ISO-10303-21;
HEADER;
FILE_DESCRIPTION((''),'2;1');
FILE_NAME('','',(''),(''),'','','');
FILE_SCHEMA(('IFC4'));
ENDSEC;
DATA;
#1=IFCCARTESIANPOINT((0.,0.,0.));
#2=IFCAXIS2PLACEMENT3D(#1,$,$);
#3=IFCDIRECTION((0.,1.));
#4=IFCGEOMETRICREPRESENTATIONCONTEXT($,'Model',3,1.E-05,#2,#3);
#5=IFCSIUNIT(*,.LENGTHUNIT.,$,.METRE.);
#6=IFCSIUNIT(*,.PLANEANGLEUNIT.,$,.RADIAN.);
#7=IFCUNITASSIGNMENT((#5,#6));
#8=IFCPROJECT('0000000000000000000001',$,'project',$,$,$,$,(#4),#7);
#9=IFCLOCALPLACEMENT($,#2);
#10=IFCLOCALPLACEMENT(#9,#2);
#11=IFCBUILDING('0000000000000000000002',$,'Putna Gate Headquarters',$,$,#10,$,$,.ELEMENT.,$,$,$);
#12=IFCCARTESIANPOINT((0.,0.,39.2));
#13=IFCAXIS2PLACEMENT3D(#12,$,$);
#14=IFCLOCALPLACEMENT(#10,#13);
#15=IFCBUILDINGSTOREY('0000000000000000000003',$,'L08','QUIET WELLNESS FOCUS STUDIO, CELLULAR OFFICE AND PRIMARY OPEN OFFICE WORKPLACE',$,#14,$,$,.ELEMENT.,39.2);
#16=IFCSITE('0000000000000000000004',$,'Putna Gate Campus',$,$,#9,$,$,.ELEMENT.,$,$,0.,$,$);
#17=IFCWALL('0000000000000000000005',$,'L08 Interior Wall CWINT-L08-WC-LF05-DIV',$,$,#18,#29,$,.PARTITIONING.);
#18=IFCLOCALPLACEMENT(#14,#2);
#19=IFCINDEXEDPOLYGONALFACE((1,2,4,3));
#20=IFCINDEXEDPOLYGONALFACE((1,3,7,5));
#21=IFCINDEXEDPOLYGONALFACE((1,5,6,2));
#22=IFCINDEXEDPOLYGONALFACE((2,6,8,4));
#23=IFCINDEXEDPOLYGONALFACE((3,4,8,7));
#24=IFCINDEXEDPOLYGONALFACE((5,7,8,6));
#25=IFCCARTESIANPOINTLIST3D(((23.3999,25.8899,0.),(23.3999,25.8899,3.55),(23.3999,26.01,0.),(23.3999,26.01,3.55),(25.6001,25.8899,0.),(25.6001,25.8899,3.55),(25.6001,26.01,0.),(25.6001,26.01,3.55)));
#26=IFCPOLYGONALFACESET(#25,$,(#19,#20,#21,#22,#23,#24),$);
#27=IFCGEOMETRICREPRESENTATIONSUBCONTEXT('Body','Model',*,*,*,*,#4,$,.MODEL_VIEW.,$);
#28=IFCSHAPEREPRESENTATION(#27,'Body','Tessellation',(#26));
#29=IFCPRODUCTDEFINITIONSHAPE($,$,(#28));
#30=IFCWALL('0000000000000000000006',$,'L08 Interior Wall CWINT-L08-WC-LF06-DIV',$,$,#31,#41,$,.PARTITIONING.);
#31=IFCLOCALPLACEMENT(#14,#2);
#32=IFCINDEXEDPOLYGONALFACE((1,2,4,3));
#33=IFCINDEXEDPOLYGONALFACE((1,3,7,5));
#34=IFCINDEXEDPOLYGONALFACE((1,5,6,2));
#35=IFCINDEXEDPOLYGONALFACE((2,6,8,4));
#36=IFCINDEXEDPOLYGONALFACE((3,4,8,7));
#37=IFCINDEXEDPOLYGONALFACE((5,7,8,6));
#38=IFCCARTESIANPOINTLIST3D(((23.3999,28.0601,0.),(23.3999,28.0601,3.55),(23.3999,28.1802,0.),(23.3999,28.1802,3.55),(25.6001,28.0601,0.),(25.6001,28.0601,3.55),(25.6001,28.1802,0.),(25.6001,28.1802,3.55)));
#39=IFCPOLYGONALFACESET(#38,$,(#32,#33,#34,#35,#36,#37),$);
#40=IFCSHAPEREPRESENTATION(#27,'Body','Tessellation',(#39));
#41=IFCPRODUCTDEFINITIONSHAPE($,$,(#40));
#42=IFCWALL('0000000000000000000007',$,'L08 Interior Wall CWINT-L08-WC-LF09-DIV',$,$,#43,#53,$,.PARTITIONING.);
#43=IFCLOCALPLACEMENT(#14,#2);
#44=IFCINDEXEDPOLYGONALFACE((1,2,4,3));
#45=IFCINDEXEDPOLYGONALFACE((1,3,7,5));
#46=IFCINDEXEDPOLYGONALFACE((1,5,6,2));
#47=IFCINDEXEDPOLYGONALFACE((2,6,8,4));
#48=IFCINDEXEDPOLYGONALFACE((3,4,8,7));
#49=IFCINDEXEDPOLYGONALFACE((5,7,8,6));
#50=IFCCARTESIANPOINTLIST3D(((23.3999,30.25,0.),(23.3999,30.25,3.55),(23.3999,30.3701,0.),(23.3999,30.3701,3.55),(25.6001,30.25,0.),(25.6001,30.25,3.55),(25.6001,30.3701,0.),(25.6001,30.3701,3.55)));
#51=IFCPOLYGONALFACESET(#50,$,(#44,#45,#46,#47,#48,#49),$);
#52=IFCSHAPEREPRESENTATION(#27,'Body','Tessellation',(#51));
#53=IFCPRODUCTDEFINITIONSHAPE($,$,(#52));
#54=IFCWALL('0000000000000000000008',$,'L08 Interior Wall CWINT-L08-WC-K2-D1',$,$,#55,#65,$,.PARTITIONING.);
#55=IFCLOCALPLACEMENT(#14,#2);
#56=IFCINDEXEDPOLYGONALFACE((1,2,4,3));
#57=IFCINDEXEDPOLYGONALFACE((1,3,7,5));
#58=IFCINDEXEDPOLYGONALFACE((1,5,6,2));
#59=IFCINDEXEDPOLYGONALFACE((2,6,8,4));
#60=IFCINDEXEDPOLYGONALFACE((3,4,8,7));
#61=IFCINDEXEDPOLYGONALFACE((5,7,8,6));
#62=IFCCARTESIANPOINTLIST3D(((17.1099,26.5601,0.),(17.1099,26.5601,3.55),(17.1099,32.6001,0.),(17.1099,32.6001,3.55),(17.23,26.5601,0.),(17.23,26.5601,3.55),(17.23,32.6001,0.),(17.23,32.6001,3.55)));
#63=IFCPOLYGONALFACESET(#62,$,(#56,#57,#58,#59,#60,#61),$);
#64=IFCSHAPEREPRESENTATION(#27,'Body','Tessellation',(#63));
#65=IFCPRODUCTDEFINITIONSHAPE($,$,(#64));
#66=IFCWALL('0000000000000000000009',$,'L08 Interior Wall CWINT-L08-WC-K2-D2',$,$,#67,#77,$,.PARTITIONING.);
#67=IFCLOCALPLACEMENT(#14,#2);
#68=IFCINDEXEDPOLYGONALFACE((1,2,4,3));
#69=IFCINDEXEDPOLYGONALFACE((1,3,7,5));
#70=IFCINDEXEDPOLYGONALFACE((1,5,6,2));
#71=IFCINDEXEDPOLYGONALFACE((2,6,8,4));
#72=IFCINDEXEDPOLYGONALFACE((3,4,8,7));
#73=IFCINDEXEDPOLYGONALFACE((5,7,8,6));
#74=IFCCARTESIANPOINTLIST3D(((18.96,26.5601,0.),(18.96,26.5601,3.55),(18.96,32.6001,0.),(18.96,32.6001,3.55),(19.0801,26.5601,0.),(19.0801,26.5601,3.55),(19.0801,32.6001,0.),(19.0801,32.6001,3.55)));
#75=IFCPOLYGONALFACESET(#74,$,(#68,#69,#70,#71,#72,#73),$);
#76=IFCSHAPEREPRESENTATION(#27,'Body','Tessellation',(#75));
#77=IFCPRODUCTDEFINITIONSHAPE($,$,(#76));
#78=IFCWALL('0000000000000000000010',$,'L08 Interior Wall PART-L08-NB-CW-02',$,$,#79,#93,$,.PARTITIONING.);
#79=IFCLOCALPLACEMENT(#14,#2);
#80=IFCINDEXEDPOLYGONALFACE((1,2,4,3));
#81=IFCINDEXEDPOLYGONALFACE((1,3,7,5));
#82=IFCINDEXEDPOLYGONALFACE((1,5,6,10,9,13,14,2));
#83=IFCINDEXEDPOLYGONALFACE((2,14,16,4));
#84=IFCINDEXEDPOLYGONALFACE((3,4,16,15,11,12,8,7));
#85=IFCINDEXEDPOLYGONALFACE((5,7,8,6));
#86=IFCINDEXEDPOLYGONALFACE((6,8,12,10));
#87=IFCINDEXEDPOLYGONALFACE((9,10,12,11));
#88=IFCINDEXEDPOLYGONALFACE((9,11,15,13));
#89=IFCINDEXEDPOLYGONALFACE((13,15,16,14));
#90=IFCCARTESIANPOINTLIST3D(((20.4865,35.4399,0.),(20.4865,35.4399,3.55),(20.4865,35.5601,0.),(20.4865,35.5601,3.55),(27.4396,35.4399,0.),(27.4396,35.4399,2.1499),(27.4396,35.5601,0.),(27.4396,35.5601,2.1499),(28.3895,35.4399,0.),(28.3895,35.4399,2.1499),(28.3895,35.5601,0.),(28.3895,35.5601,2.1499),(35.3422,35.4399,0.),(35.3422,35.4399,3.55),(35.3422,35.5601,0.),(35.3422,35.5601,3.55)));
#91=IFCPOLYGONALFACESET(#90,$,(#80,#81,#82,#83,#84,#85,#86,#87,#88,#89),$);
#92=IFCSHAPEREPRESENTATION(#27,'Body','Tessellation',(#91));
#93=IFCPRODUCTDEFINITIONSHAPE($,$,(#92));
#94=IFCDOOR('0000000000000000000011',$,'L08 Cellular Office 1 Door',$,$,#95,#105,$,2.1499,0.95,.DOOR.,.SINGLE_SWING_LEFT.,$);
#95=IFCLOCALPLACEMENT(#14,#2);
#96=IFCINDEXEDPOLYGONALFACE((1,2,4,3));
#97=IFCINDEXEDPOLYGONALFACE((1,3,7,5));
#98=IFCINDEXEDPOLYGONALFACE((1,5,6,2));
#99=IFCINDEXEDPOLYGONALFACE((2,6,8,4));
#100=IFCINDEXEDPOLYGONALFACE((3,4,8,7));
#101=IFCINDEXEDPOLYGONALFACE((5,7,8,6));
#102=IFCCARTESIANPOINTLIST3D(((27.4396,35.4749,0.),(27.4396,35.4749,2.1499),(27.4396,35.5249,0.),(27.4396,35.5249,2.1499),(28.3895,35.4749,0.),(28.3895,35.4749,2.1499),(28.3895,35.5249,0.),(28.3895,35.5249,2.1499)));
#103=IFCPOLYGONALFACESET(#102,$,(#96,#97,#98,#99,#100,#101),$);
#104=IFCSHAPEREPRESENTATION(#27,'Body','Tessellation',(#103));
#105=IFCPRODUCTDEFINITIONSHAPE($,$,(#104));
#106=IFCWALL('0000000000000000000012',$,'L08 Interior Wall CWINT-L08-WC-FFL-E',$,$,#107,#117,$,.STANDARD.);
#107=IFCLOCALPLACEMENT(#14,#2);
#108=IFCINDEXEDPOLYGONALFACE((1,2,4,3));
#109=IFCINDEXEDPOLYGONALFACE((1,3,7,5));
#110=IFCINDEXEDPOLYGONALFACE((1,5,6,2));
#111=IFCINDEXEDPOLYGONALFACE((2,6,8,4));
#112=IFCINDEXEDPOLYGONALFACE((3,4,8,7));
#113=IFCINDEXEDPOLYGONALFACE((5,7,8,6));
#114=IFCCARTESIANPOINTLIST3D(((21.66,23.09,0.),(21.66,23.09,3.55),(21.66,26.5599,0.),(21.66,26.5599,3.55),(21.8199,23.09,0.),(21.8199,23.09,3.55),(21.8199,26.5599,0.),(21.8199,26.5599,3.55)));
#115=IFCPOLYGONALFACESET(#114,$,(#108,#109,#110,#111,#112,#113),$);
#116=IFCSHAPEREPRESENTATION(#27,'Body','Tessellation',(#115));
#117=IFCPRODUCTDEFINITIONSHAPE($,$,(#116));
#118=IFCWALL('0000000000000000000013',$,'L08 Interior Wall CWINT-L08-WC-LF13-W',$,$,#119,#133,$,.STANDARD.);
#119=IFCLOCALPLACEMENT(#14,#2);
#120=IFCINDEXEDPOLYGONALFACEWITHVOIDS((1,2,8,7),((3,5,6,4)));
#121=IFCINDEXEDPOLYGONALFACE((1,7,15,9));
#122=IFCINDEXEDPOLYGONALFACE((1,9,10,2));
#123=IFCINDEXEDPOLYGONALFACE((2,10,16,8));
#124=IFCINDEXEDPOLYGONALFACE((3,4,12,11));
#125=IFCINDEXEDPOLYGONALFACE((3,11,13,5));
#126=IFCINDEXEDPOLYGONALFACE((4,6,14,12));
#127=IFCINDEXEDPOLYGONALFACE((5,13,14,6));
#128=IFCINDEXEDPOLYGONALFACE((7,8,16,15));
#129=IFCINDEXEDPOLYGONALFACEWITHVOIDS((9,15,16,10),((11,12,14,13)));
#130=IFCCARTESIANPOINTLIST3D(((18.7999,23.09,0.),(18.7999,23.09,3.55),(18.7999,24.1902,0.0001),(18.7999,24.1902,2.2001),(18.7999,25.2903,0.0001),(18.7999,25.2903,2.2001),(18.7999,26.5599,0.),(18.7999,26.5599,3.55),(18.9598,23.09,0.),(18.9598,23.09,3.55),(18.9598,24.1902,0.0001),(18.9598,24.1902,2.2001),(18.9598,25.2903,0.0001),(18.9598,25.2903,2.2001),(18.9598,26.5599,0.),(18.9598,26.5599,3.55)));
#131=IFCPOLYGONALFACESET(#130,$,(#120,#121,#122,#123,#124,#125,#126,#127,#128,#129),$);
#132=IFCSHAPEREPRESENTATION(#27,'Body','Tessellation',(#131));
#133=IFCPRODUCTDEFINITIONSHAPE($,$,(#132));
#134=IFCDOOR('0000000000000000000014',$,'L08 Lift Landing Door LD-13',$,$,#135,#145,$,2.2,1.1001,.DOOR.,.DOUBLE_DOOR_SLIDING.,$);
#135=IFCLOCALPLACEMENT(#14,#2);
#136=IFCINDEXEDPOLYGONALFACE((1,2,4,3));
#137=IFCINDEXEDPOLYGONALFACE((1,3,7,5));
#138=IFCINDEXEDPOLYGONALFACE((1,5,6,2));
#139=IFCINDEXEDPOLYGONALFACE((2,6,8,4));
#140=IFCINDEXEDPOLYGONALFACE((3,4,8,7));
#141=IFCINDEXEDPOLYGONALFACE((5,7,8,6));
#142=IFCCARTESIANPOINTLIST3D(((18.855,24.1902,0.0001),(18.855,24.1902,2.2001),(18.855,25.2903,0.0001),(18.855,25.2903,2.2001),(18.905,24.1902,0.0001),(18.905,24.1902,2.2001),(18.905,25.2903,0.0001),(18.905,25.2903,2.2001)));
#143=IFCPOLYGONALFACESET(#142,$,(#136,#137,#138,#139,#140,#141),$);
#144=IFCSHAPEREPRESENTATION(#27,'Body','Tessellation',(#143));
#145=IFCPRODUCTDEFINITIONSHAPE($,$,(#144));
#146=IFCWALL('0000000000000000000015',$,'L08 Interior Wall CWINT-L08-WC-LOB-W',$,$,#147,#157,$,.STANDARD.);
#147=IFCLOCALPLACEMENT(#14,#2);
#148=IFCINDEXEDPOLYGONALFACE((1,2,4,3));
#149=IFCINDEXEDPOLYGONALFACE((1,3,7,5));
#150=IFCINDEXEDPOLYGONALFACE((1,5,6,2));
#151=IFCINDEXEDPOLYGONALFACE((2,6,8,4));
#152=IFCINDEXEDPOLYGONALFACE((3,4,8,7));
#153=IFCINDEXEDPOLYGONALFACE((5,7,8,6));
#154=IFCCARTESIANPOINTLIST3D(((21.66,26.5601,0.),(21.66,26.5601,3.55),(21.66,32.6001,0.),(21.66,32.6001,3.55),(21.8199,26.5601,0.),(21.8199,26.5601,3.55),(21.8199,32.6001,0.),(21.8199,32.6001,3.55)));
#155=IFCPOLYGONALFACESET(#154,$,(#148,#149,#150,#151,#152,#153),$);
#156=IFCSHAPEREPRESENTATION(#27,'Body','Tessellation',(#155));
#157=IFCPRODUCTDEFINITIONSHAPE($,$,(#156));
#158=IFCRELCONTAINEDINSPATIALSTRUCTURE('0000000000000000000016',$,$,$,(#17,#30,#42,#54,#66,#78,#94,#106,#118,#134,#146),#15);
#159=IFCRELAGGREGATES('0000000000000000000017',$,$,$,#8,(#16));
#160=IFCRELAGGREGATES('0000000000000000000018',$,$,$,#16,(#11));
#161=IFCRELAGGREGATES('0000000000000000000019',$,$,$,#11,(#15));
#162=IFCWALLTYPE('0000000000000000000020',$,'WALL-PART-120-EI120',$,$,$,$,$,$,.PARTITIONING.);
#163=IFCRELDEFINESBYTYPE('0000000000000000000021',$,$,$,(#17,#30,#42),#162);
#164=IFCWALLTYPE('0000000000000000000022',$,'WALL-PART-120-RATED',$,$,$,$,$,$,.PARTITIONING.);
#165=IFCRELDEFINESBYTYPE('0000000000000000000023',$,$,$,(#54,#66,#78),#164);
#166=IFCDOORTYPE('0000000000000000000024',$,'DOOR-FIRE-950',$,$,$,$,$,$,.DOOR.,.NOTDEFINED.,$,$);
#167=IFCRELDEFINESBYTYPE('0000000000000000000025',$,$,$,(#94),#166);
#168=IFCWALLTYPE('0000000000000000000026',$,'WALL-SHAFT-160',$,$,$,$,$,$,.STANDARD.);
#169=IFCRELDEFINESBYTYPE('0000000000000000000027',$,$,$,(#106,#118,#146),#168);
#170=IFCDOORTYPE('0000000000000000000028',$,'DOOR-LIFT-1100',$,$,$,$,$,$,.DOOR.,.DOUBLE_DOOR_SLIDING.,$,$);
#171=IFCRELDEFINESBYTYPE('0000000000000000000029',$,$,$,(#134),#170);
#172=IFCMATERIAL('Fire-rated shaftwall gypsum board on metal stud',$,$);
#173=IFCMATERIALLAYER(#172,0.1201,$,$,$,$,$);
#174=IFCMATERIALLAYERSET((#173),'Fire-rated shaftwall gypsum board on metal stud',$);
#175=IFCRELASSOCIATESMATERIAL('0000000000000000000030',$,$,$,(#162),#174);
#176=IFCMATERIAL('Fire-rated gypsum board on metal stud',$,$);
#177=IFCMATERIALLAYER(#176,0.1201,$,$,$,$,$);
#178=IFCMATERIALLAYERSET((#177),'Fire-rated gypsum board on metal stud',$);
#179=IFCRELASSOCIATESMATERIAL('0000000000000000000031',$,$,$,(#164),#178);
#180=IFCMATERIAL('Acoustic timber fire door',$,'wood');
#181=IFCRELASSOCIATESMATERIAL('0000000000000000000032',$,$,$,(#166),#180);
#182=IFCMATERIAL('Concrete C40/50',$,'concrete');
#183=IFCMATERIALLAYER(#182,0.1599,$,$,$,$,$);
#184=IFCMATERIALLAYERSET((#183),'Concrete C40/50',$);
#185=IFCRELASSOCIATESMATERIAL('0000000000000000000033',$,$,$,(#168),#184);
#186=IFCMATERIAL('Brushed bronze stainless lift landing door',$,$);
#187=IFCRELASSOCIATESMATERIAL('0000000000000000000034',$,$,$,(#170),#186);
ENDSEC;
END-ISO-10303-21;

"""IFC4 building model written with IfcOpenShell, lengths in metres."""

from ifc_helpers import new_model, si_unit, direction, frame, frame_2d, origin, place, context, subcontext, project, spatial, rectangle, extrude, material, layer, layer_set, type_object, element, fill, save


model = new_model("IFC4")

# Units and contexts
model_context = context("Model", 3, precision=1e-05, world=origin(), true_north=direction((0.0, 1.0)))
body_context = subcontext(model_context, "Body", "Model", "MODEL_VIEW")
ifc_project = project(units=[si_unit("LENGTHUNIT", "METRE"), si_unit("PLANEANGLEUNIT", "RADIAN")], contexts=[model_context])

# Site, building, storey
site_placement = place(None, origin())
site = spatial("IfcSite", under=ifc_project, at=site_placement, Name="Putna Gate Campus", CompositionType="ELEMENT", RefElevation=0.0)
building_placement = place(site_placement, origin())
building = spatial("IfcBuilding", under=site, at=building_placement, Name="Putna Gate Headquarters", CompositionType="ELEMENT")
storey_placement = place(building_placement, frame((0.0, 0.0, 39.2)))
storey = spatial("IfcBuildingStorey", under=building, at=storey_placement, Name="L08", Description="QUIET WELLNESS FOCUS STUDIO, CELLULAR OFFICE AND PRIMARY OPEN OFFICE WORKPLACE", CompositionType="ELEMENT", Elevation=39.2)

# Walls
ifc_material_1 = material(Name="Fire-rated shaftwall gypsum board on metal stud")
ifc_layer_1 = layer(ifc_material_1, 0.1201)
ifc_layer_set_1 = layer_set([ifc_layer_1], Name="Fire-rated shaftwall gypsum board on metal stud")
wall_type_1 = type_object("IfcWallType", Name="WALL-PART-120-EI120", PredefinedType="PARTITIONING", material=ifc_layer_set_1)
for number, where, z_axis, x_axis, name in (
    (1, (23.3999, 25.95, 0.0), (0.0, 0.0, 1.0), (1.0, 0.0, 0.0), "L08 Interior Wall CWINT-L08-WC-LF05-DIV"),
    (2, (23.3999, 28.1201, 0.0), (0.0, 0.0, 1.0), (1.0, 0.0, 0.0), "L08 Interior Wall CWINT-L08-WC-LF06-DIV"),
    (3, (23.3999, 30.3101, 0.0), (0.0, 0.0, 1.0), (1.0, 0.0, 0.0), "L08 Interior Wall CWINT-L08-WC-LF09-DIV"),
):
    element("IfcWall", number, at=place(storey_placement, frame(where, z_axis=z_axis, x_axis=x_axis)), inside=storey, type_object=wall_type_1, Name=name, PredefinedType="PARTITIONING", context=body_context, shape_type="SweptSolid", body=[
        extrude(rectangle(XDim=2.2002, YDim=0.1201, at=frame_2d((1.1001, 0.0))), origin(), (0.0, 0.0, 1.0), 3.55),
    ])
ifc_material_2 = material(Name="Fire-rated gypsum board on metal stud")
ifc_layer_2 = layer(ifc_material_2, 0.1201)
ifc_layer_set_2 = layer_set([ifc_layer_2], Name="Fire-rated gypsum board on metal stud")
wall_type_2 = type_object("IfcWallType", Name="WALL-PART-120-RATED", PredefinedType="PARTITIONING", material=ifc_layer_set_2)
for number, where, z_axis, x_axis, name in (
    (4, (17.1699, 26.5601, 0.0), (0.0, 0.0, 1.0), (0.0, 1.0, 0.0), "L08 Interior Wall CWINT-L08-WC-K2-D1"),
    (5, (19.02, 26.5601, 0.0), (0.0, 0.0, 1.0), (0.0, 1.0, 0.0), "L08 Interior Wall CWINT-L08-WC-K2-D2"),
):
    element("IfcWall", number, at=place(storey_placement, frame(where, z_axis=z_axis, x_axis=x_axis)), inside=storey, type_object=wall_type_2, Name=name, PredefinedType="PARTITIONING", context=body_context, shape_type="SweptSolid", body=[
        extrude(rectangle(XDim=6.04, YDim=0.1201, at=frame_2d((3.02, 0.0))), origin(), (0.0, 0.0, 1.0), 3.55),
    ])

# Wall, opening, door
wall_1_placement = place(storey_placement, frame((20.4866, 35.5, 0.0), z_axis=(0.0, 0.0, 1.0), x_axis=(1.0, 0.0, 0.0)))
wall_1 = element("IfcWall", 6, at=wall_1_placement, inside=storey, type_object=wall_type_2, Name="L08 Interior Wall PART-L08-NB-CW-02", PredefinedType="PARTITIONING", context=body_context, shape_type="SweptSolid", body=[
    extrude(rectangle(XDim=14.8557, YDim=0.1201, at=frame_2d((7.4277, 0.0))), origin(), (0.0, 0.0, 1.0), 3.55),
])
opening_1_placement = place(wall_1_placement, frame((6.9529, 0.0, 0.0)))
opening_1 = element("IfcOpeningElement", 7, at=opening_1_placement, cuts=wall_1, PredefinedType="OPENING", context=body_context, shape_type="SweptSolid", body=[
    extrude(rectangle(XDim=0.95, YDim=2.1499, at=frame_2d((0.4751, 1.075))), frame((0.0, 0.0701, 0.0), z_axis=(0.0, -1.0, 0.0), x_axis=(1.0, 0.0, 0.0)), (0.0, 0.0, 1.0), 0.1401),
])
ifc_material_3 = material(Name="Acoustic timber fire door", Category="wood")
door_type_1 = type_object("IfcDoorType", Name="DOOR-FIRE-950", OperationType="NOTDEFINED", PredefinedType="DOOR", material=ifc_material_3)
door_1_placement = place(opening_1_placement, origin())
door_1 = element("IfcDoor", 8, at=door_1_placement, inside=storey, type_object=door_type_1, Name="L08 Cellular Office 1 Door", OperationType="SINGLE_SWING_LEFT", OverallHeight=2.1499, OverallWidth=0.95, PredefinedType="DOOR", context=body_context, shape_type="SweptSolid", body=[
    extrude(rectangle(XDim=0.95, YDim=2.1499, at=frame_2d((0.4751, 1.075))), frame((0.0, 0.0249, 0.0), z_axis=(0.0, -1.0, 0.0), x_axis=(1.0, 0.0, 0.0)), (0.0, 0.0, 1.0), 0.05),
])
fill(opening_1, door_1)

# Wall
ifc_material_4 = material(Name="Concrete C40/50", Category="concrete")
ifc_layer_3 = layer(ifc_material_4, 0.1599)
ifc_layer_set_3 = layer_set([ifc_layer_3], Name="Concrete C40/50")
wall_type_3 = type_object("IfcWallType", Name="WALL-SHAFT-160", PredefinedType="STANDARD", material=ifc_layer_set_3)
wall_2_placement = place(storey_placement, frame((21.74, 23.0901, 0.0), z_axis=(0.0, 0.0, 1.0), x_axis=(0.0, 1.0, 0.0)))
element("IfcWall", 9, at=wall_2_placement, inside=storey, type_object=wall_type_3, Name="L08 Interior Wall CWINT-L08-WC-FFL-E", PredefinedType="STANDARD", context=body_context, shape_type="SweptSolid", body=[
    extrude(rectangle(XDim=3.47, YDim=0.1599, at=frame_2d((1.7349, 0.0))), origin(), (0.0, 0.0, 1.0), 3.55),
])

# Wall, opening, door
wall_3_placement = place(storey_placement, frame((18.8799, 23.0901, 0.0), z_axis=(0.0, 0.0, 1.0), x_axis=(0.0, 1.0, 0.0)))
wall_3 = element("IfcWall", 10, at=wall_3_placement, inside=storey, type_object=wall_type_3, Name="L08 Interior Wall CWINT-L08-WC-LF13-W", PredefinedType="STANDARD", context=body_context, shape_type="SweptSolid", body=[
    extrude(rectangle(XDim=3.47, YDim=0.1599, at=frame_2d((1.7349, 0.0))), origin(), (0.0, 0.0, 1.0), 3.55),
])
opening_2_placement = place(wall_3_placement, frame((1.1001, 0.0, 0.0)))
opening_2 = element("IfcOpeningElement", 11, at=opening_2_placement, cuts=wall_3, PredefinedType="OPENING", context=body_context, shape_type="SweptSolid", body=[
    extrude(rectangle(XDim=1.1001, YDim=2.2, at=frame_2d((0.55, 1.1001))), frame((0.0, 0.0898, 0.0), z_axis=(0.0, -1.0, 0.0), x_axis=(1.0, 0.0, 0.0)), (0.0, 0.0, 1.0), 0.1799),
])
ifc_material_5 = material(Name="Brushed bronze stainless lift landing door")
door_type_2 = type_object("IfcDoorType", Name="DOOR-LIFT-1100", OperationType="DOUBLE_DOOR_SLIDING", PredefinedType="DOOR", material=ifc_material_5)
door_2_placement = place(opening_2_placement, origin())
door_2 = element("IfcDoor", 12, at=door_2_placement, inside=storey, type_object=door_type_2, Name="L08 Lift Landing Door LD-13", OperationType="DOUBLE_DOOR_SLIDING", OverallHeight=2.2, OverallWidth=1.1001, PredefinedType="DOOR", context=body_context, shape_type="SweptSolid", body=[
    extrude(rectangle(XDim=1.1001, YDim=2.2, at=frame_2d((0.55, 1.1001))), frame((0.0, 0.0249, 0.0), z_axis=(0.0, -1.0, 0.0), x_axis=(1.0, 0.0, 0.0)), (0.0, 0.0, 1.0), 0.05),
])
fill(opening_2, door_2)

# Wall
wall_4_placement = place(storey_placement, frame((21.74, 26.5601, 0.0), z_axis=(0.0, 0.0, 1.0), x_axis=(0.0, 1.0, 0.0)))
element("IfcWall", 13, at=wall_4_placement, inside=storey, type_object=wall_type_3, Name="L08 Interior Wall CWINT-L08-WC-LOB-W", PredefinedType="STANDARD", context=body_context, shape_type="SweptSolid", body=[
    extrude(rectangle(XDim=6.04, YDim=0.1599, at=frame_2d((3.02, 0.0))), origin(), (0.0, 0.0, 1.0), 3.55),
])

save(model, "model.ifc")
